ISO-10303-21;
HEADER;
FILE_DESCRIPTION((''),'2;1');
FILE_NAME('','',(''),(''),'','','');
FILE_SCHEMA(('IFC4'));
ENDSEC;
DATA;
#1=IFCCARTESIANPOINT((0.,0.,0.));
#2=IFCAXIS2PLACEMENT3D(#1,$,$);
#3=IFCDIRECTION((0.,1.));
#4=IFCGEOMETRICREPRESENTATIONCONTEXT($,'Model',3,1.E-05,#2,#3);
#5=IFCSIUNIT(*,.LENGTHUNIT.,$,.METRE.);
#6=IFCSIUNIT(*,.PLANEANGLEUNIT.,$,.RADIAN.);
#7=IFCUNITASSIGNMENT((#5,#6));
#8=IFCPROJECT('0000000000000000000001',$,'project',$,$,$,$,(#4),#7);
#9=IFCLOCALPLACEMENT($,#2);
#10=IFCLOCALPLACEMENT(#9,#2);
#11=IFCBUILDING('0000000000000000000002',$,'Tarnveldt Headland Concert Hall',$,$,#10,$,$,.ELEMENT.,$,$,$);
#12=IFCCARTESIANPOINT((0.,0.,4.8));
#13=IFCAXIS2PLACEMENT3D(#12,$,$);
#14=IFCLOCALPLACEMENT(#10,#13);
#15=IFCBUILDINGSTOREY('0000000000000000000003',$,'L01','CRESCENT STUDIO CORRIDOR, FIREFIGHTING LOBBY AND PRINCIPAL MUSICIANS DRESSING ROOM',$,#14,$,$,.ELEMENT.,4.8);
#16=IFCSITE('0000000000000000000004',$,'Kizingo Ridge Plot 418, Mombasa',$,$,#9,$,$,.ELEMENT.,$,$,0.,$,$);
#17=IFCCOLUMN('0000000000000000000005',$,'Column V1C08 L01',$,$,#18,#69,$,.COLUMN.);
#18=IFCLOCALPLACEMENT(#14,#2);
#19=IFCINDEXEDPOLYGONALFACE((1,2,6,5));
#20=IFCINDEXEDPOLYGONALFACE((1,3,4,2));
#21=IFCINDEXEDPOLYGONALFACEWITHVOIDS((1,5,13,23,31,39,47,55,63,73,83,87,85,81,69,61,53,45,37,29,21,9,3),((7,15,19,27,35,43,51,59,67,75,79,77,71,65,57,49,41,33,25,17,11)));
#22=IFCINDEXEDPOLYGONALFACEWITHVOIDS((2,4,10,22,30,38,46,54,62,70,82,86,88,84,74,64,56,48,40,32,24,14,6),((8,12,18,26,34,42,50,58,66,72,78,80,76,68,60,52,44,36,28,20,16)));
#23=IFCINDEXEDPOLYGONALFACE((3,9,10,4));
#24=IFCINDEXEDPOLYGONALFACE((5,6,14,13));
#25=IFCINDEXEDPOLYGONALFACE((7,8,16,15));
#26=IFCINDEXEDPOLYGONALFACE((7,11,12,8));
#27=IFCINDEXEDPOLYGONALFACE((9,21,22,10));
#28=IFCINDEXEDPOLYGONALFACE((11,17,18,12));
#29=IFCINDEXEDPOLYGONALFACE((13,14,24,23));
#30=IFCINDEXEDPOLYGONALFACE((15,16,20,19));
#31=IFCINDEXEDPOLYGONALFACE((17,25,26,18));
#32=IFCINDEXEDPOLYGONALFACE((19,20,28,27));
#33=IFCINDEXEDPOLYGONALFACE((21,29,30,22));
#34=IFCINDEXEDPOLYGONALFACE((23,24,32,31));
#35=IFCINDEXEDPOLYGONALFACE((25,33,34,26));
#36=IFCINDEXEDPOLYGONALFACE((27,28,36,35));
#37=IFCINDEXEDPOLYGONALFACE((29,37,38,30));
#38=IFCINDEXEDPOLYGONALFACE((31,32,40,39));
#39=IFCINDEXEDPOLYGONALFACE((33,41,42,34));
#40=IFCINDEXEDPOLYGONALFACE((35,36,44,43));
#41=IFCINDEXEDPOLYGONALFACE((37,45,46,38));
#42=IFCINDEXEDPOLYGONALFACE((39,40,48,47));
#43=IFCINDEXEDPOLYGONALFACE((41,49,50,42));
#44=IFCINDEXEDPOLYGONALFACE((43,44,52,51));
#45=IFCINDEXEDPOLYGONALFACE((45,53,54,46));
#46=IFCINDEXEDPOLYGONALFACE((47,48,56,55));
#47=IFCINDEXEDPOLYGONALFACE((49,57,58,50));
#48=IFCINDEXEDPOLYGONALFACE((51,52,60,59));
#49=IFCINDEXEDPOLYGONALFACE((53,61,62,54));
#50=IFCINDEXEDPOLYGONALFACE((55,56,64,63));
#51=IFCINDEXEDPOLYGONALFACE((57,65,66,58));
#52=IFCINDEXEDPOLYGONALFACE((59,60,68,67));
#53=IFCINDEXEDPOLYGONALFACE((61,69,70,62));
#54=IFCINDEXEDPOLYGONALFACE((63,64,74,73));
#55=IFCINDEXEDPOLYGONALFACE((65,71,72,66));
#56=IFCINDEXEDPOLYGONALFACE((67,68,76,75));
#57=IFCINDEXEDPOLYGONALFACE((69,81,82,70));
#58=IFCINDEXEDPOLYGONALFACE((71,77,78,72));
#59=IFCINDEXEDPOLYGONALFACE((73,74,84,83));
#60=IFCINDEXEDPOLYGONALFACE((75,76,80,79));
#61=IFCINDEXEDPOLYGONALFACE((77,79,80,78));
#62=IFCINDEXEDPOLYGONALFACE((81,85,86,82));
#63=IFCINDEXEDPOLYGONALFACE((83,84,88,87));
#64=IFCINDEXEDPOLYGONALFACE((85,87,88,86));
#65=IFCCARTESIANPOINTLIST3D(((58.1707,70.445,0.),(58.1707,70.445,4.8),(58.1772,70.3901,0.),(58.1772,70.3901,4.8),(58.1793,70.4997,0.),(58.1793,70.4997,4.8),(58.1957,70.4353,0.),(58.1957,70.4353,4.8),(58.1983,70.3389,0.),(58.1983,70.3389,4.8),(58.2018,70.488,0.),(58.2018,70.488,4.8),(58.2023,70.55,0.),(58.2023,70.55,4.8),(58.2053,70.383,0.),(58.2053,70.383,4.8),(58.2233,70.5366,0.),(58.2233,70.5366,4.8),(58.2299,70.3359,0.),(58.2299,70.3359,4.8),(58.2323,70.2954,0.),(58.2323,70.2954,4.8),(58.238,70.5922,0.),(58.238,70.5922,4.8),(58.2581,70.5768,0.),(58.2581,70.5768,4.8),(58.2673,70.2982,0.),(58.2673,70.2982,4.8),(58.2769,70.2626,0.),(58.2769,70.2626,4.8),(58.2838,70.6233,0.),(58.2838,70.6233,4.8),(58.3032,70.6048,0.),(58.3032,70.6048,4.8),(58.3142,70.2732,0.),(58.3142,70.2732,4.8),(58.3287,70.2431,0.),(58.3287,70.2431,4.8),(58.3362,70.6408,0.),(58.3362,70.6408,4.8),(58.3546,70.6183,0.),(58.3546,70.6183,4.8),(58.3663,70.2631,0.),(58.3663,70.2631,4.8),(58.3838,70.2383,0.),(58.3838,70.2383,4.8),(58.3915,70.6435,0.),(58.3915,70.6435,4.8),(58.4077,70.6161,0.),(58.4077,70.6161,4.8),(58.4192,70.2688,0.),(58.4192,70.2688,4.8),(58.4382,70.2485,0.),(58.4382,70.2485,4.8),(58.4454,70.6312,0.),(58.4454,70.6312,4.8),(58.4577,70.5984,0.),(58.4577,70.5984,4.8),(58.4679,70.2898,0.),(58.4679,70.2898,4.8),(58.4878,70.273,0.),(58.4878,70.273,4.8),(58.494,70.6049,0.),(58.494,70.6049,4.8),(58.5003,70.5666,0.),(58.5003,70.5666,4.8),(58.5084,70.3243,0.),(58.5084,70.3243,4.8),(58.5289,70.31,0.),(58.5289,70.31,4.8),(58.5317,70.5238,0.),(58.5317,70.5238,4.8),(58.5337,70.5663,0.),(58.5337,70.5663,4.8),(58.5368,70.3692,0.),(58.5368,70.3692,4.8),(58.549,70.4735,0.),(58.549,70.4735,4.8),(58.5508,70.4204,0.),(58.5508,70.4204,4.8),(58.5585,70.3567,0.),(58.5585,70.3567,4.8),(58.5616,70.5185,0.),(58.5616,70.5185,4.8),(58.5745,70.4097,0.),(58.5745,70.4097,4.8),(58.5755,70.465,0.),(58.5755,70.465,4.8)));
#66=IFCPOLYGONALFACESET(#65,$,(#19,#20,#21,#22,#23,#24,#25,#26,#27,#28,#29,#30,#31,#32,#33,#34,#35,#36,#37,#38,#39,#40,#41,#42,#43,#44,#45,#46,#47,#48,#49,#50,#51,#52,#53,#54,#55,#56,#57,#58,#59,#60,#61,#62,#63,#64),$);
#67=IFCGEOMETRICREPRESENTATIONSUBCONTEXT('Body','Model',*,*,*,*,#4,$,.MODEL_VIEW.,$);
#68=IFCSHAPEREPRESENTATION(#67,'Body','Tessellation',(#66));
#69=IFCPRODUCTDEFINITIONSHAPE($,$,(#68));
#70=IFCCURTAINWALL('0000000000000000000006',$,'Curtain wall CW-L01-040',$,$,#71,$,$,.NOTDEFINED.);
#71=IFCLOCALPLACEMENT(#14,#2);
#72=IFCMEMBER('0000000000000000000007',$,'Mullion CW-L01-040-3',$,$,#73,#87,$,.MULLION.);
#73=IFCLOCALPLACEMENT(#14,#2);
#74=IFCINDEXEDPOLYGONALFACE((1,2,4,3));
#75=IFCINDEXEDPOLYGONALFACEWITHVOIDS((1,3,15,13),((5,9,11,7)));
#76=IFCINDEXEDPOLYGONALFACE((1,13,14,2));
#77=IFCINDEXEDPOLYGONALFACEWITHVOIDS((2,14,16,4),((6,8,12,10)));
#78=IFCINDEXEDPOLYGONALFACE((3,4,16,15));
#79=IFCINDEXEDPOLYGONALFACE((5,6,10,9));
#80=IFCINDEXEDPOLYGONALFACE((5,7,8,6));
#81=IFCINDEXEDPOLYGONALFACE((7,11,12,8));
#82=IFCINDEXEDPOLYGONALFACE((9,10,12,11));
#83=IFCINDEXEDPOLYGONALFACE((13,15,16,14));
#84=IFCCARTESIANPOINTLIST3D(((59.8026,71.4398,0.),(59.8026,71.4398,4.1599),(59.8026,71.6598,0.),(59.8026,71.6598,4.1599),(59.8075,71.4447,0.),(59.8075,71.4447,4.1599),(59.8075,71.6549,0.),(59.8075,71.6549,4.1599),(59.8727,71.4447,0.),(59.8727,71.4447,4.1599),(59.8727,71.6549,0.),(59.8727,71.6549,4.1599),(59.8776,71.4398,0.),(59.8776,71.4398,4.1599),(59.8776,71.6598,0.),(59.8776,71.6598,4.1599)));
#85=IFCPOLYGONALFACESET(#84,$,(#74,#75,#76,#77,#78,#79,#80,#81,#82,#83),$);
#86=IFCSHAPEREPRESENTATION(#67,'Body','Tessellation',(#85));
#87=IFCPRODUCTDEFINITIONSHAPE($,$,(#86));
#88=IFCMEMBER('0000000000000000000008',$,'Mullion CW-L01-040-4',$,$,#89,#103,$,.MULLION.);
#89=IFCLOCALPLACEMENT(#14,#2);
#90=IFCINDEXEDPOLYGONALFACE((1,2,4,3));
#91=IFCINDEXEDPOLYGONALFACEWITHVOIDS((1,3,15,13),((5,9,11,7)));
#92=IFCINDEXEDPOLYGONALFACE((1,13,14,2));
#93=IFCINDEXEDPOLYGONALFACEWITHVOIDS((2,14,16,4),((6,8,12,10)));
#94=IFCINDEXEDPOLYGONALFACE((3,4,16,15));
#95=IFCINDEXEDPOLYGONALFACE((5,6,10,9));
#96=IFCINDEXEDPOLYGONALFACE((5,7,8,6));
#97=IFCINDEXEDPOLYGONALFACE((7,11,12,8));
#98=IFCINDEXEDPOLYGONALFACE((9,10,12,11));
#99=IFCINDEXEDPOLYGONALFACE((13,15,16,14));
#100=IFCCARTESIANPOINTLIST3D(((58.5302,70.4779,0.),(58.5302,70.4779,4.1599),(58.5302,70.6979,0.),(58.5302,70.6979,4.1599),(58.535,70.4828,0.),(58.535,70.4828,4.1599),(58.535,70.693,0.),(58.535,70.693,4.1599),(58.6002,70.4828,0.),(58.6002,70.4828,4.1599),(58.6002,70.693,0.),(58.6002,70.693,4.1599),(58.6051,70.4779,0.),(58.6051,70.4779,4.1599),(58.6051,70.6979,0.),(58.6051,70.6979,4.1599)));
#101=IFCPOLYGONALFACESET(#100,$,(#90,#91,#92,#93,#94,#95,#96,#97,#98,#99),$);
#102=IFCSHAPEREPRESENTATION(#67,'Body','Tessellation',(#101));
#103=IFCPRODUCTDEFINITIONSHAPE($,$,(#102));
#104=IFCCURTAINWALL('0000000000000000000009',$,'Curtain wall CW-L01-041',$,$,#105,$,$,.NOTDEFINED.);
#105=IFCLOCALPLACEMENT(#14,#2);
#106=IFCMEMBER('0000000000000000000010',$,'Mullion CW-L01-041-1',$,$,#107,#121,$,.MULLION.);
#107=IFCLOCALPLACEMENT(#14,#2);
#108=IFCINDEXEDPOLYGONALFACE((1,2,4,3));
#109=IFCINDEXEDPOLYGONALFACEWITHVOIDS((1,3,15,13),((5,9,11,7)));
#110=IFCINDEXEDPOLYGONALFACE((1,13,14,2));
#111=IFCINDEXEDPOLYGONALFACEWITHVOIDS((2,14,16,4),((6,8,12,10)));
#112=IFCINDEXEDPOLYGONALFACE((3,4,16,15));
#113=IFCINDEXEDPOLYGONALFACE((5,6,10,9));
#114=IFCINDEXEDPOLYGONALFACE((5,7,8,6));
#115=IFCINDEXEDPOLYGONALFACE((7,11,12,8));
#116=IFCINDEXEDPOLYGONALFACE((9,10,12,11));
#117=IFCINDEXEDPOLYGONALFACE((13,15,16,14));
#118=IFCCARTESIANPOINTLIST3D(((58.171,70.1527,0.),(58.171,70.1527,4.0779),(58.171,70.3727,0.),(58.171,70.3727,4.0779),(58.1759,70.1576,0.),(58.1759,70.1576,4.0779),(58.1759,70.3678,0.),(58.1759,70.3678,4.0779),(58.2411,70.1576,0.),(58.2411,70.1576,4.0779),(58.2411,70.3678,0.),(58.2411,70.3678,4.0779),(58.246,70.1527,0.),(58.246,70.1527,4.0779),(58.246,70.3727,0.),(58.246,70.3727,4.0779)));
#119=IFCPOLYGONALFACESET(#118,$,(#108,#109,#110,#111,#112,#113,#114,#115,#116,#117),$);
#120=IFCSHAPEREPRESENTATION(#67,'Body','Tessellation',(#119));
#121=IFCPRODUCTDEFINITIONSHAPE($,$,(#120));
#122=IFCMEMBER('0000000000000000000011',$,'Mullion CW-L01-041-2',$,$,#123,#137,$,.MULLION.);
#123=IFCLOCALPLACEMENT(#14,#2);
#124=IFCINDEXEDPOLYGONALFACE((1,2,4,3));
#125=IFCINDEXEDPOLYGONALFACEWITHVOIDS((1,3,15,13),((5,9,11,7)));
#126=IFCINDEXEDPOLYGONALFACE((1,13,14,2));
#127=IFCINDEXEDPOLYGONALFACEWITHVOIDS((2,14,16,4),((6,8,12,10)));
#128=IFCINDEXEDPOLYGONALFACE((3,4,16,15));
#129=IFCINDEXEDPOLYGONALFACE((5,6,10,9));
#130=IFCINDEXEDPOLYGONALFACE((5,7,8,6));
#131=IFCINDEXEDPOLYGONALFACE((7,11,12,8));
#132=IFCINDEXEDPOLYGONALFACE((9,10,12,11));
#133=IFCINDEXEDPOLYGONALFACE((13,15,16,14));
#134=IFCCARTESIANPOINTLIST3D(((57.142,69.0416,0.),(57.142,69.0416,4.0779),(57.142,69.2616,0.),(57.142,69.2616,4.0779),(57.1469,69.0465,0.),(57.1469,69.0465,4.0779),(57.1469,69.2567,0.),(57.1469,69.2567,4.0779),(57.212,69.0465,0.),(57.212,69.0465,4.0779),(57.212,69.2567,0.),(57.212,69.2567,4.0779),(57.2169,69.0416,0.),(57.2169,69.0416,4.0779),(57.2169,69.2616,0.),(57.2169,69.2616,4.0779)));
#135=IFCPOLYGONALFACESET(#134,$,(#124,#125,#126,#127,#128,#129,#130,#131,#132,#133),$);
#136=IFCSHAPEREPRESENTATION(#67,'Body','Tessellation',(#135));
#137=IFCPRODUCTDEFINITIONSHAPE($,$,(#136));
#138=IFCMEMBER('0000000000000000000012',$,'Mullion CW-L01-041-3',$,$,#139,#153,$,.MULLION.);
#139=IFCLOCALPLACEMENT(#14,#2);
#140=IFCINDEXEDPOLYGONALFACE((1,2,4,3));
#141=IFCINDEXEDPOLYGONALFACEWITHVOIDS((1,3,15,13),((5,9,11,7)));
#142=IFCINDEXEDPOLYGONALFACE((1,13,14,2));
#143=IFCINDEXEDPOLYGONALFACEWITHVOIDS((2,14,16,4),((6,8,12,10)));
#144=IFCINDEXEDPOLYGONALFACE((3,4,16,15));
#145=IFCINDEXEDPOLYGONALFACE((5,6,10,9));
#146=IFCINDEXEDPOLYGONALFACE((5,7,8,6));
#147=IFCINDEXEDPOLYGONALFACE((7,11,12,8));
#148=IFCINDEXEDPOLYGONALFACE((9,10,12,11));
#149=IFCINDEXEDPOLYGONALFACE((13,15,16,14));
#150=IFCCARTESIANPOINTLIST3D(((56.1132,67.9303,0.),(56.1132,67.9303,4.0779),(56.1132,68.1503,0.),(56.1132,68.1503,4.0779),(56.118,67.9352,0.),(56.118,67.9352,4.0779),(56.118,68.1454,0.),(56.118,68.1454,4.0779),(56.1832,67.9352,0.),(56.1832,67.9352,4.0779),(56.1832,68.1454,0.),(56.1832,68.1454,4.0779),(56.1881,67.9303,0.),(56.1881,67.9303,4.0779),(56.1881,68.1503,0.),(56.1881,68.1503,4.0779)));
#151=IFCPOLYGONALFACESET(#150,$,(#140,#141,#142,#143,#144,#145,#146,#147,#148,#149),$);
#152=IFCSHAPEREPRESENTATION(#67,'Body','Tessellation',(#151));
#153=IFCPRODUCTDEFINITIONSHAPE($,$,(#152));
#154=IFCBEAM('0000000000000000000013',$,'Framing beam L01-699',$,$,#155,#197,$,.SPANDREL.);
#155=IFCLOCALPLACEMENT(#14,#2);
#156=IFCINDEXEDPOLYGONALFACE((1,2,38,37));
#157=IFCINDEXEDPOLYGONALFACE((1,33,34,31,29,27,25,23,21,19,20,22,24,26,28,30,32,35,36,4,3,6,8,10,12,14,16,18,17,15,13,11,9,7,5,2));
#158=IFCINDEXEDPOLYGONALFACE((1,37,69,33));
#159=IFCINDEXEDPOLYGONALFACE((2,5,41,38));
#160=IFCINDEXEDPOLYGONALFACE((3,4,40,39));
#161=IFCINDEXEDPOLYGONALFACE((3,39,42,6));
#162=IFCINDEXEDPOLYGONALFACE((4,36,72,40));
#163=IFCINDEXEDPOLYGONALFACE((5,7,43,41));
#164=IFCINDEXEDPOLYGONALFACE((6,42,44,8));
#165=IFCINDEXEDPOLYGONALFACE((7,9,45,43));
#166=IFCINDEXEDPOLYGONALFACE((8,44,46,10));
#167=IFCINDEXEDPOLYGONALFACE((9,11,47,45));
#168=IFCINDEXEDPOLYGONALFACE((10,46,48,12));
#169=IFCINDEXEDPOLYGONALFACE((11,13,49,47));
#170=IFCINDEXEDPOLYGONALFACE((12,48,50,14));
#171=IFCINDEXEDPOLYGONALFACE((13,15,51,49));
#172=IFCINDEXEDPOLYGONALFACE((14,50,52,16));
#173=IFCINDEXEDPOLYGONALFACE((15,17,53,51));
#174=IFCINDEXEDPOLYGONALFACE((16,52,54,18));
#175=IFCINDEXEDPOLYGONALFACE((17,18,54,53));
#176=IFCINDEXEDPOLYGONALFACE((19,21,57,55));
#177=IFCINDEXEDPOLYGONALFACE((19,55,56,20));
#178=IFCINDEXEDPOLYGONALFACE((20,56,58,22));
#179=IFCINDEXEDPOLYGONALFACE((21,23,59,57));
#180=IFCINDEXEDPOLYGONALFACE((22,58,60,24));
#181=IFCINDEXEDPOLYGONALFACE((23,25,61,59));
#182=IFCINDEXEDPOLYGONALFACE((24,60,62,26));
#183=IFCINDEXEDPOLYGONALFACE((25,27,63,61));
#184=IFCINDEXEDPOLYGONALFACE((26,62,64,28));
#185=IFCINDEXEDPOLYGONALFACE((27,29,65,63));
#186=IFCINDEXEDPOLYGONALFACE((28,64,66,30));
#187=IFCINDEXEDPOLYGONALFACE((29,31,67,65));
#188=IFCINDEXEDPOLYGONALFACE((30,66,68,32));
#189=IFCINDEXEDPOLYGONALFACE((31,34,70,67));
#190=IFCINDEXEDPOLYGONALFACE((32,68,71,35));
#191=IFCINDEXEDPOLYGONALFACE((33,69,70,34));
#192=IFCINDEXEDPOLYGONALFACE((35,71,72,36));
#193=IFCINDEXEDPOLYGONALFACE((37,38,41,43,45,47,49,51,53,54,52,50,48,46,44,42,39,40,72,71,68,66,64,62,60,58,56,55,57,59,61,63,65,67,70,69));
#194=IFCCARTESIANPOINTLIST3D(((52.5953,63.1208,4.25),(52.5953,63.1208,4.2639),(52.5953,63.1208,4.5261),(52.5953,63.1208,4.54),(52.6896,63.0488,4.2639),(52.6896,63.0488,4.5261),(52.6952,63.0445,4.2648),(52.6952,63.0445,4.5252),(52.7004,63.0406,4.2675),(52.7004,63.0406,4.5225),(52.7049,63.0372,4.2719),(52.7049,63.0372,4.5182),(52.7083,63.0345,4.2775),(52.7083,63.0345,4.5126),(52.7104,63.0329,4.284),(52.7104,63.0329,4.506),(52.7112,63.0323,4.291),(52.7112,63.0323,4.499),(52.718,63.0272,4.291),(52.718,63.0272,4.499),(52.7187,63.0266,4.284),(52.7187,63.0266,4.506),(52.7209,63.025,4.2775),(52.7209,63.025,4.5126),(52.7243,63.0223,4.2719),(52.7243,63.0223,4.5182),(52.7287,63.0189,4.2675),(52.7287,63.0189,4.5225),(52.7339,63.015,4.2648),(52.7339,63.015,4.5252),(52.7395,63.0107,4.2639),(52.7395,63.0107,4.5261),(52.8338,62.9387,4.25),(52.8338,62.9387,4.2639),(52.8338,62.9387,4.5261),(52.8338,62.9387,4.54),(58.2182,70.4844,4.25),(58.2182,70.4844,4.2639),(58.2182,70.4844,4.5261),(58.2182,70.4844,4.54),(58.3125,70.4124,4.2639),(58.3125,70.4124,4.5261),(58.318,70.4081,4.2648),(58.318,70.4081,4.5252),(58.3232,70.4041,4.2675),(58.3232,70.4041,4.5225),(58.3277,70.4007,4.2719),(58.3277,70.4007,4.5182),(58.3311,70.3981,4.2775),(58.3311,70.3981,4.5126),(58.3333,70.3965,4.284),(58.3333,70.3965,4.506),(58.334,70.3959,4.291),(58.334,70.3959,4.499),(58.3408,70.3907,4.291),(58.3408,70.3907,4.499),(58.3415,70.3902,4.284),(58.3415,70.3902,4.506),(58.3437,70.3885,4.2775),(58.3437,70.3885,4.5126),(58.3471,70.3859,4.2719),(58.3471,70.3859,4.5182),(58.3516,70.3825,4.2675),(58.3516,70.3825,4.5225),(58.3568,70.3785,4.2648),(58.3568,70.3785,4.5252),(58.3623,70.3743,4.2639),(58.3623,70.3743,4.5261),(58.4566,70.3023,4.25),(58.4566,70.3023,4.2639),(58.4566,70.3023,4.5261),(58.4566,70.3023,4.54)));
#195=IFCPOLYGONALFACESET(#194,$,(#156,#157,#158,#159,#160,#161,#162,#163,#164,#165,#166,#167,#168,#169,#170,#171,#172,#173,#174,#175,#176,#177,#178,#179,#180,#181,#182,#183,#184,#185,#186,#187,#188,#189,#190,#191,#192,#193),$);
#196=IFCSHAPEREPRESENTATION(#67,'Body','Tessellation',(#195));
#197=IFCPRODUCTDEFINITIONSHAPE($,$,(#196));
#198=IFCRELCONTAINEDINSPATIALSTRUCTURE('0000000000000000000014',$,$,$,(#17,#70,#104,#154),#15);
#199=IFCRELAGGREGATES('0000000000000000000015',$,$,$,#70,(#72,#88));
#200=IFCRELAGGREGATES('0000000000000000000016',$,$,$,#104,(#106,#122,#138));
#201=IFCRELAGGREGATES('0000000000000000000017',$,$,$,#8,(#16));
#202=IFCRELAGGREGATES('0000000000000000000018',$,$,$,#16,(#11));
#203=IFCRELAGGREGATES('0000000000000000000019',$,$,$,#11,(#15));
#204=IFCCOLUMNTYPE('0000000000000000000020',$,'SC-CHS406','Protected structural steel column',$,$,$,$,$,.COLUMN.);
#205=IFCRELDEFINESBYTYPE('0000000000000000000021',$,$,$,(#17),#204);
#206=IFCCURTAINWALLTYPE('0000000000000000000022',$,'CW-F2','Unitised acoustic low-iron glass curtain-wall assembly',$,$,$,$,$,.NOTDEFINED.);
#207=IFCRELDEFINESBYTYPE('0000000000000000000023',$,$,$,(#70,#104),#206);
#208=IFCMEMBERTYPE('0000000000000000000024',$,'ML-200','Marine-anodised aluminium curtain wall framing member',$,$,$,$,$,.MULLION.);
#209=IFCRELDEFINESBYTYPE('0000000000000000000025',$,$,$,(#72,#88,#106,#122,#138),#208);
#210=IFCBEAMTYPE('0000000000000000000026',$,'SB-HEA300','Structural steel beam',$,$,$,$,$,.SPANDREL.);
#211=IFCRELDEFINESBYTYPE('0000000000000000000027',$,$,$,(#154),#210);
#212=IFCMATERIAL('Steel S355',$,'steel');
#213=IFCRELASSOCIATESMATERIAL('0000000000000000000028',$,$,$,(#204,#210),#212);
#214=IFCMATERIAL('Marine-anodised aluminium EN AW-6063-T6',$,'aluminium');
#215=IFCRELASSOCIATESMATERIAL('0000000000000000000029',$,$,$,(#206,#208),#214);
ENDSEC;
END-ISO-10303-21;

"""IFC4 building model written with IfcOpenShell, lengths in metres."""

from ifc_helpers import new_model, si_unit, direction, frame, origin, origin_2d, place, context, subcontext, project, spatial, hollow_rectangle, hollow_circle, i_section, extrude, material, material_profile, profile_set, type_object, element, aggregate, save


model = new_model("IFC4")

# Units and contexts
model_context = context("Model", 3, precision=1e-05, world=origin(), true_north=direction((0.0, 1.0)))
body_context = subcontext(model_context, "Body", "Model", "MODEL_VIEW")
ifc_project = project(units=[si_unit("LENGTHUNIT", "METRE"), si_unit("PLANEANGLEUNIT", "RADIAN")], contexts=[model_context])

# Site, building, storey
site_placement = place(None, origin())
site = spatial("IfcSite", under=ifc_project, at=site_placement, Name="Kizingo Ridge Plot 418, Mombasa", CompositionType="ELEMENT", RefElevation=0.0)
building_placement = place(site_placement, origin())
building = spatial("IfcBuilding", under=site, at=building_placement, Name="Tarnveldt Headland Concert Hall", CompositionType="ELEMENT")
storey_placement = place(building_placement, frame((0.0, 0.0, 4.8)))
storey = spatial("IfcBuildingStorey", under=building, at=storey_placement, Name="L01", Description="CRESCENT STUDIO CORRIDOR, FIREFIGHTING LOBBY AND PRINCIPAL MUSICIANS DRESSING ROOM", CompositionType="ELEMENT", Elevation=4.8)

# Column
ifc_material_1 = material(Name="Steel S355", Category="steel")
ifc_material_profile_1 = material_profile(ifc_material_1, hollow_circle(Radius=0.2031, WallThickness=0.0249, at=origin_2d()), Name="CHS 406.4x25", Category="steel")
ifc_profile_set_1 = profile_set([ifc_material_profile_1], Name="Steel S355")
column_type = type_object("IfcColumnType", Name="SC-CHS406", Description="Protected structural steel column", PredefinedType="COLUMN", material=ifc_profile_set_1)
column_placement = place(storey_placement, frame((58.3738, 70.4412, 0.0), z_axis=(0.0, 0.0, 1.0), x_axis=(-0.844421, 0.535679, 0.0)))
element("IfcColumn", 1, at=column_placement, inside=storey, type_object=column_type, Name="Column V1C08 L01", PredefinedType="COLUMN", context=body_context, shape_type="SweptSolid", body=[
    extrude(hollow_circle(Radius=0.2031, WallThickness=0.0249, at=origin_2d()), origin(), (0.0, 0.0, 1.0), 4.8),
])

# Curtain walls, members
ifc_material_2 = material(Name="Marine-anodised aluminium EN AW-6063-T6", Category="aluminium")
curtain_wall_type = type_object("IfcCurtainWallType", Name="CW-F2", Description="Unitised acoustic low-iron glass curtain-wall assembly", PredefinedType="NOTDEFINED", material=ifc_material_2)
curtain_wall_1_placement = place(storey_placement, origin())
curtain_wall_1 = element("IfcCurtainWall", 2, at=curtain_wall_1_placement, inside=storey, type_object=curtain_wall_type, Name="Curtain wall CW-L01-040", PredefinedType="NOTDEFINED")
ifc_material_profile_2 = material_profile(ifc_material_2, hollow_rectangle(XDim=0.075, YDim=0.22, WallThickness=0.0049, at=origin_2d()), Name="ALU MULLION 75x220x5", Category="aluminium")
ifc_profile_set_2 = profile_set([ifc_material_profile_2], Name="Marine-anodised aluminium EN AW-6063-T6")
member_type_1 = type_object("IfcMemberType", Name="ML-200", Description="Marine-anodised aluminium curtain wall framing member", PredefinedType="MULLION", material=ifc_profile_set_2)
member_1_placement = place(storey_placement, frame((59.8401, 71.5498, 0.0), z_axis=(0.0, 0.0, 1.0), x_axis=(1.0, 0.0, 0.0)))
member_1 = element("IfcMember", 3, at=member_1_placement, type_object=member_type_1, Name="Mullion CW-L01-040-3", PredefinedType="MULLION", context=body_context, shape_type="SweptSolid", body=[
    extrude(hollow_rectangle(XDim=0.075, YDim=0.22, WallThickness=0.0049, at=origin_2d()), origin(), (0.0, 0.0, 1.0), 4.1599),
])
member_2_placement = place(storey_placement, frame((58.5676, 70.5879, 0.0), z_axis=(0.0, 0.0, 1.0), x_axis=(1.0, 0.0, 0.0)))
member_2 = element("IfcMember", 4, at=member_2_placement, type_object=member_type_1, Name="Mullion CW-L01-040-4", PredefinedType="MULLION", context=body_context, shape_type="SweptSolid", body=[
    extrude(hollow_rectangle(XDim=0.075, YDim=0.22, WallThickness=0.0049, at=origin_2d()), origin(), (0.0, 0.0, 1.0), 4.1599),
])
curtain_wall_2_placement = place(storey_placement, origin())
curtain_wall_2 = element("IfcCurtainWall", 5, at=curtain_wall_2_placement, inside=storey, type_object=curtain_wall_type, Name="Curtain wall CW-L01-041", PredefinedType="NOTDEFINED")
member_3_placement = place(storey_placement, frame((58.2085, 70.2627, 0.0), z_axis=(0.0, 0.0, 1.0), x_axis=(1.0, 0.0, 0.0)))
member_3 = element("IfcMember", 6, at=member_3_placement, type_object=member_type_1, Name="Mullion CW-L01-041-1", PredefinedType="MULLION", context=body_context, shape_type="SweptSolid", body=[
    extrude(hollow_rectangle(XDim=0.075, YDim=0.22, WallThickness=0.0049, at=origin_2d()), origin(), (0.0, 0.0, 1.0), 4.0779),
])
member_4_placement = place(storey_placement, frame((57.1794, 69.1516, 0.0), z_axis=(0.0, 0.0, 1.0), x_axis=(1.0, 0.0, 0.0)))
member_4 = element("IfcMember", 7, at=member_4_placement, type_object=member_type_1, Name="Mullion CW-L01-041-2", PredefinedType="MULLION", context=body_context, shape_type="SweptSolid", body=[
    extrude(hollow_rectangle(XDim=0.075, YDim=0.22, WallThickness=0.0049, at=origin_2d()), origin(), (0.0, 0.0, 1.0), 4.0779),
])
member_5_placement = place(storey_placement, frame((56.1506, 68.0403, 0.0), z_axis=(0.0, 0.0, 1.0), x_axis=(1.0, 0.0, 0.0)))
member_5 = element("IfcMember", 8, at=member_5_placement, type_object=member_type_1, Name="Mullion CW-L01-041-3", PredefinedType="MULLION", context=body_context, shape_type="SweptSolid", body=[
    extrude(hollow_rectangle(XDim=0.075, YDim=0.22, WallThickness=0.0049, at=origin_2d()), origin(), (0.0, 0.0, 1.0), 4.0779),
])

# Beam
ifc_material_profile_3 = material_profile(ifc_material_1, i_section(OverallWidth=0.3, OverallDepth=0.29, WebThickness=0.0085, FlangeThickness=0.0139, FilletRadius=0.0271, at=origin_2d()), Name="HEA300", Category="steel")
ifc_profile_set_3 = profile_set([ifc_material_profile_3], Name="Steel S355")
beam_type_1 = type_object("IfcBeamType", Name="SB-HEA300", Description="Structural steel beam", PredefinedType="SPANDREL", material=ifc_profile_set_3)
beam_1_placement = place(storey_placement, frame((58.3374, 70.3933, 4.395), z_axis=(-0.606896, -0.794781, 0.0), x_axis=(0.794781, -0.606896, 0.0)))
element("IfcBeam", 9, at=beam_1_placement, inside=storey, type_object=beam_type_1, Name="Framing beam L01-699", PredefinedType="SPANDREL", context=body_context, shape_type="SweptSolid", body=[
    extrude(i_section(OverallWidth=0.3, OverallDepth=0.29, WebThickness=0.0085, FlangeThickness=0.0139, FilletRadius=0.0271, at=origin_2d()), origin(), (0.0, 0.0, 1.0), 9.2649),
])

aggregate(curtain_wall_1, [member_1, member_2])
aggregate(curtain_wall_2, [member_3, member_4, member_5])

save(model, "model.ifc")
